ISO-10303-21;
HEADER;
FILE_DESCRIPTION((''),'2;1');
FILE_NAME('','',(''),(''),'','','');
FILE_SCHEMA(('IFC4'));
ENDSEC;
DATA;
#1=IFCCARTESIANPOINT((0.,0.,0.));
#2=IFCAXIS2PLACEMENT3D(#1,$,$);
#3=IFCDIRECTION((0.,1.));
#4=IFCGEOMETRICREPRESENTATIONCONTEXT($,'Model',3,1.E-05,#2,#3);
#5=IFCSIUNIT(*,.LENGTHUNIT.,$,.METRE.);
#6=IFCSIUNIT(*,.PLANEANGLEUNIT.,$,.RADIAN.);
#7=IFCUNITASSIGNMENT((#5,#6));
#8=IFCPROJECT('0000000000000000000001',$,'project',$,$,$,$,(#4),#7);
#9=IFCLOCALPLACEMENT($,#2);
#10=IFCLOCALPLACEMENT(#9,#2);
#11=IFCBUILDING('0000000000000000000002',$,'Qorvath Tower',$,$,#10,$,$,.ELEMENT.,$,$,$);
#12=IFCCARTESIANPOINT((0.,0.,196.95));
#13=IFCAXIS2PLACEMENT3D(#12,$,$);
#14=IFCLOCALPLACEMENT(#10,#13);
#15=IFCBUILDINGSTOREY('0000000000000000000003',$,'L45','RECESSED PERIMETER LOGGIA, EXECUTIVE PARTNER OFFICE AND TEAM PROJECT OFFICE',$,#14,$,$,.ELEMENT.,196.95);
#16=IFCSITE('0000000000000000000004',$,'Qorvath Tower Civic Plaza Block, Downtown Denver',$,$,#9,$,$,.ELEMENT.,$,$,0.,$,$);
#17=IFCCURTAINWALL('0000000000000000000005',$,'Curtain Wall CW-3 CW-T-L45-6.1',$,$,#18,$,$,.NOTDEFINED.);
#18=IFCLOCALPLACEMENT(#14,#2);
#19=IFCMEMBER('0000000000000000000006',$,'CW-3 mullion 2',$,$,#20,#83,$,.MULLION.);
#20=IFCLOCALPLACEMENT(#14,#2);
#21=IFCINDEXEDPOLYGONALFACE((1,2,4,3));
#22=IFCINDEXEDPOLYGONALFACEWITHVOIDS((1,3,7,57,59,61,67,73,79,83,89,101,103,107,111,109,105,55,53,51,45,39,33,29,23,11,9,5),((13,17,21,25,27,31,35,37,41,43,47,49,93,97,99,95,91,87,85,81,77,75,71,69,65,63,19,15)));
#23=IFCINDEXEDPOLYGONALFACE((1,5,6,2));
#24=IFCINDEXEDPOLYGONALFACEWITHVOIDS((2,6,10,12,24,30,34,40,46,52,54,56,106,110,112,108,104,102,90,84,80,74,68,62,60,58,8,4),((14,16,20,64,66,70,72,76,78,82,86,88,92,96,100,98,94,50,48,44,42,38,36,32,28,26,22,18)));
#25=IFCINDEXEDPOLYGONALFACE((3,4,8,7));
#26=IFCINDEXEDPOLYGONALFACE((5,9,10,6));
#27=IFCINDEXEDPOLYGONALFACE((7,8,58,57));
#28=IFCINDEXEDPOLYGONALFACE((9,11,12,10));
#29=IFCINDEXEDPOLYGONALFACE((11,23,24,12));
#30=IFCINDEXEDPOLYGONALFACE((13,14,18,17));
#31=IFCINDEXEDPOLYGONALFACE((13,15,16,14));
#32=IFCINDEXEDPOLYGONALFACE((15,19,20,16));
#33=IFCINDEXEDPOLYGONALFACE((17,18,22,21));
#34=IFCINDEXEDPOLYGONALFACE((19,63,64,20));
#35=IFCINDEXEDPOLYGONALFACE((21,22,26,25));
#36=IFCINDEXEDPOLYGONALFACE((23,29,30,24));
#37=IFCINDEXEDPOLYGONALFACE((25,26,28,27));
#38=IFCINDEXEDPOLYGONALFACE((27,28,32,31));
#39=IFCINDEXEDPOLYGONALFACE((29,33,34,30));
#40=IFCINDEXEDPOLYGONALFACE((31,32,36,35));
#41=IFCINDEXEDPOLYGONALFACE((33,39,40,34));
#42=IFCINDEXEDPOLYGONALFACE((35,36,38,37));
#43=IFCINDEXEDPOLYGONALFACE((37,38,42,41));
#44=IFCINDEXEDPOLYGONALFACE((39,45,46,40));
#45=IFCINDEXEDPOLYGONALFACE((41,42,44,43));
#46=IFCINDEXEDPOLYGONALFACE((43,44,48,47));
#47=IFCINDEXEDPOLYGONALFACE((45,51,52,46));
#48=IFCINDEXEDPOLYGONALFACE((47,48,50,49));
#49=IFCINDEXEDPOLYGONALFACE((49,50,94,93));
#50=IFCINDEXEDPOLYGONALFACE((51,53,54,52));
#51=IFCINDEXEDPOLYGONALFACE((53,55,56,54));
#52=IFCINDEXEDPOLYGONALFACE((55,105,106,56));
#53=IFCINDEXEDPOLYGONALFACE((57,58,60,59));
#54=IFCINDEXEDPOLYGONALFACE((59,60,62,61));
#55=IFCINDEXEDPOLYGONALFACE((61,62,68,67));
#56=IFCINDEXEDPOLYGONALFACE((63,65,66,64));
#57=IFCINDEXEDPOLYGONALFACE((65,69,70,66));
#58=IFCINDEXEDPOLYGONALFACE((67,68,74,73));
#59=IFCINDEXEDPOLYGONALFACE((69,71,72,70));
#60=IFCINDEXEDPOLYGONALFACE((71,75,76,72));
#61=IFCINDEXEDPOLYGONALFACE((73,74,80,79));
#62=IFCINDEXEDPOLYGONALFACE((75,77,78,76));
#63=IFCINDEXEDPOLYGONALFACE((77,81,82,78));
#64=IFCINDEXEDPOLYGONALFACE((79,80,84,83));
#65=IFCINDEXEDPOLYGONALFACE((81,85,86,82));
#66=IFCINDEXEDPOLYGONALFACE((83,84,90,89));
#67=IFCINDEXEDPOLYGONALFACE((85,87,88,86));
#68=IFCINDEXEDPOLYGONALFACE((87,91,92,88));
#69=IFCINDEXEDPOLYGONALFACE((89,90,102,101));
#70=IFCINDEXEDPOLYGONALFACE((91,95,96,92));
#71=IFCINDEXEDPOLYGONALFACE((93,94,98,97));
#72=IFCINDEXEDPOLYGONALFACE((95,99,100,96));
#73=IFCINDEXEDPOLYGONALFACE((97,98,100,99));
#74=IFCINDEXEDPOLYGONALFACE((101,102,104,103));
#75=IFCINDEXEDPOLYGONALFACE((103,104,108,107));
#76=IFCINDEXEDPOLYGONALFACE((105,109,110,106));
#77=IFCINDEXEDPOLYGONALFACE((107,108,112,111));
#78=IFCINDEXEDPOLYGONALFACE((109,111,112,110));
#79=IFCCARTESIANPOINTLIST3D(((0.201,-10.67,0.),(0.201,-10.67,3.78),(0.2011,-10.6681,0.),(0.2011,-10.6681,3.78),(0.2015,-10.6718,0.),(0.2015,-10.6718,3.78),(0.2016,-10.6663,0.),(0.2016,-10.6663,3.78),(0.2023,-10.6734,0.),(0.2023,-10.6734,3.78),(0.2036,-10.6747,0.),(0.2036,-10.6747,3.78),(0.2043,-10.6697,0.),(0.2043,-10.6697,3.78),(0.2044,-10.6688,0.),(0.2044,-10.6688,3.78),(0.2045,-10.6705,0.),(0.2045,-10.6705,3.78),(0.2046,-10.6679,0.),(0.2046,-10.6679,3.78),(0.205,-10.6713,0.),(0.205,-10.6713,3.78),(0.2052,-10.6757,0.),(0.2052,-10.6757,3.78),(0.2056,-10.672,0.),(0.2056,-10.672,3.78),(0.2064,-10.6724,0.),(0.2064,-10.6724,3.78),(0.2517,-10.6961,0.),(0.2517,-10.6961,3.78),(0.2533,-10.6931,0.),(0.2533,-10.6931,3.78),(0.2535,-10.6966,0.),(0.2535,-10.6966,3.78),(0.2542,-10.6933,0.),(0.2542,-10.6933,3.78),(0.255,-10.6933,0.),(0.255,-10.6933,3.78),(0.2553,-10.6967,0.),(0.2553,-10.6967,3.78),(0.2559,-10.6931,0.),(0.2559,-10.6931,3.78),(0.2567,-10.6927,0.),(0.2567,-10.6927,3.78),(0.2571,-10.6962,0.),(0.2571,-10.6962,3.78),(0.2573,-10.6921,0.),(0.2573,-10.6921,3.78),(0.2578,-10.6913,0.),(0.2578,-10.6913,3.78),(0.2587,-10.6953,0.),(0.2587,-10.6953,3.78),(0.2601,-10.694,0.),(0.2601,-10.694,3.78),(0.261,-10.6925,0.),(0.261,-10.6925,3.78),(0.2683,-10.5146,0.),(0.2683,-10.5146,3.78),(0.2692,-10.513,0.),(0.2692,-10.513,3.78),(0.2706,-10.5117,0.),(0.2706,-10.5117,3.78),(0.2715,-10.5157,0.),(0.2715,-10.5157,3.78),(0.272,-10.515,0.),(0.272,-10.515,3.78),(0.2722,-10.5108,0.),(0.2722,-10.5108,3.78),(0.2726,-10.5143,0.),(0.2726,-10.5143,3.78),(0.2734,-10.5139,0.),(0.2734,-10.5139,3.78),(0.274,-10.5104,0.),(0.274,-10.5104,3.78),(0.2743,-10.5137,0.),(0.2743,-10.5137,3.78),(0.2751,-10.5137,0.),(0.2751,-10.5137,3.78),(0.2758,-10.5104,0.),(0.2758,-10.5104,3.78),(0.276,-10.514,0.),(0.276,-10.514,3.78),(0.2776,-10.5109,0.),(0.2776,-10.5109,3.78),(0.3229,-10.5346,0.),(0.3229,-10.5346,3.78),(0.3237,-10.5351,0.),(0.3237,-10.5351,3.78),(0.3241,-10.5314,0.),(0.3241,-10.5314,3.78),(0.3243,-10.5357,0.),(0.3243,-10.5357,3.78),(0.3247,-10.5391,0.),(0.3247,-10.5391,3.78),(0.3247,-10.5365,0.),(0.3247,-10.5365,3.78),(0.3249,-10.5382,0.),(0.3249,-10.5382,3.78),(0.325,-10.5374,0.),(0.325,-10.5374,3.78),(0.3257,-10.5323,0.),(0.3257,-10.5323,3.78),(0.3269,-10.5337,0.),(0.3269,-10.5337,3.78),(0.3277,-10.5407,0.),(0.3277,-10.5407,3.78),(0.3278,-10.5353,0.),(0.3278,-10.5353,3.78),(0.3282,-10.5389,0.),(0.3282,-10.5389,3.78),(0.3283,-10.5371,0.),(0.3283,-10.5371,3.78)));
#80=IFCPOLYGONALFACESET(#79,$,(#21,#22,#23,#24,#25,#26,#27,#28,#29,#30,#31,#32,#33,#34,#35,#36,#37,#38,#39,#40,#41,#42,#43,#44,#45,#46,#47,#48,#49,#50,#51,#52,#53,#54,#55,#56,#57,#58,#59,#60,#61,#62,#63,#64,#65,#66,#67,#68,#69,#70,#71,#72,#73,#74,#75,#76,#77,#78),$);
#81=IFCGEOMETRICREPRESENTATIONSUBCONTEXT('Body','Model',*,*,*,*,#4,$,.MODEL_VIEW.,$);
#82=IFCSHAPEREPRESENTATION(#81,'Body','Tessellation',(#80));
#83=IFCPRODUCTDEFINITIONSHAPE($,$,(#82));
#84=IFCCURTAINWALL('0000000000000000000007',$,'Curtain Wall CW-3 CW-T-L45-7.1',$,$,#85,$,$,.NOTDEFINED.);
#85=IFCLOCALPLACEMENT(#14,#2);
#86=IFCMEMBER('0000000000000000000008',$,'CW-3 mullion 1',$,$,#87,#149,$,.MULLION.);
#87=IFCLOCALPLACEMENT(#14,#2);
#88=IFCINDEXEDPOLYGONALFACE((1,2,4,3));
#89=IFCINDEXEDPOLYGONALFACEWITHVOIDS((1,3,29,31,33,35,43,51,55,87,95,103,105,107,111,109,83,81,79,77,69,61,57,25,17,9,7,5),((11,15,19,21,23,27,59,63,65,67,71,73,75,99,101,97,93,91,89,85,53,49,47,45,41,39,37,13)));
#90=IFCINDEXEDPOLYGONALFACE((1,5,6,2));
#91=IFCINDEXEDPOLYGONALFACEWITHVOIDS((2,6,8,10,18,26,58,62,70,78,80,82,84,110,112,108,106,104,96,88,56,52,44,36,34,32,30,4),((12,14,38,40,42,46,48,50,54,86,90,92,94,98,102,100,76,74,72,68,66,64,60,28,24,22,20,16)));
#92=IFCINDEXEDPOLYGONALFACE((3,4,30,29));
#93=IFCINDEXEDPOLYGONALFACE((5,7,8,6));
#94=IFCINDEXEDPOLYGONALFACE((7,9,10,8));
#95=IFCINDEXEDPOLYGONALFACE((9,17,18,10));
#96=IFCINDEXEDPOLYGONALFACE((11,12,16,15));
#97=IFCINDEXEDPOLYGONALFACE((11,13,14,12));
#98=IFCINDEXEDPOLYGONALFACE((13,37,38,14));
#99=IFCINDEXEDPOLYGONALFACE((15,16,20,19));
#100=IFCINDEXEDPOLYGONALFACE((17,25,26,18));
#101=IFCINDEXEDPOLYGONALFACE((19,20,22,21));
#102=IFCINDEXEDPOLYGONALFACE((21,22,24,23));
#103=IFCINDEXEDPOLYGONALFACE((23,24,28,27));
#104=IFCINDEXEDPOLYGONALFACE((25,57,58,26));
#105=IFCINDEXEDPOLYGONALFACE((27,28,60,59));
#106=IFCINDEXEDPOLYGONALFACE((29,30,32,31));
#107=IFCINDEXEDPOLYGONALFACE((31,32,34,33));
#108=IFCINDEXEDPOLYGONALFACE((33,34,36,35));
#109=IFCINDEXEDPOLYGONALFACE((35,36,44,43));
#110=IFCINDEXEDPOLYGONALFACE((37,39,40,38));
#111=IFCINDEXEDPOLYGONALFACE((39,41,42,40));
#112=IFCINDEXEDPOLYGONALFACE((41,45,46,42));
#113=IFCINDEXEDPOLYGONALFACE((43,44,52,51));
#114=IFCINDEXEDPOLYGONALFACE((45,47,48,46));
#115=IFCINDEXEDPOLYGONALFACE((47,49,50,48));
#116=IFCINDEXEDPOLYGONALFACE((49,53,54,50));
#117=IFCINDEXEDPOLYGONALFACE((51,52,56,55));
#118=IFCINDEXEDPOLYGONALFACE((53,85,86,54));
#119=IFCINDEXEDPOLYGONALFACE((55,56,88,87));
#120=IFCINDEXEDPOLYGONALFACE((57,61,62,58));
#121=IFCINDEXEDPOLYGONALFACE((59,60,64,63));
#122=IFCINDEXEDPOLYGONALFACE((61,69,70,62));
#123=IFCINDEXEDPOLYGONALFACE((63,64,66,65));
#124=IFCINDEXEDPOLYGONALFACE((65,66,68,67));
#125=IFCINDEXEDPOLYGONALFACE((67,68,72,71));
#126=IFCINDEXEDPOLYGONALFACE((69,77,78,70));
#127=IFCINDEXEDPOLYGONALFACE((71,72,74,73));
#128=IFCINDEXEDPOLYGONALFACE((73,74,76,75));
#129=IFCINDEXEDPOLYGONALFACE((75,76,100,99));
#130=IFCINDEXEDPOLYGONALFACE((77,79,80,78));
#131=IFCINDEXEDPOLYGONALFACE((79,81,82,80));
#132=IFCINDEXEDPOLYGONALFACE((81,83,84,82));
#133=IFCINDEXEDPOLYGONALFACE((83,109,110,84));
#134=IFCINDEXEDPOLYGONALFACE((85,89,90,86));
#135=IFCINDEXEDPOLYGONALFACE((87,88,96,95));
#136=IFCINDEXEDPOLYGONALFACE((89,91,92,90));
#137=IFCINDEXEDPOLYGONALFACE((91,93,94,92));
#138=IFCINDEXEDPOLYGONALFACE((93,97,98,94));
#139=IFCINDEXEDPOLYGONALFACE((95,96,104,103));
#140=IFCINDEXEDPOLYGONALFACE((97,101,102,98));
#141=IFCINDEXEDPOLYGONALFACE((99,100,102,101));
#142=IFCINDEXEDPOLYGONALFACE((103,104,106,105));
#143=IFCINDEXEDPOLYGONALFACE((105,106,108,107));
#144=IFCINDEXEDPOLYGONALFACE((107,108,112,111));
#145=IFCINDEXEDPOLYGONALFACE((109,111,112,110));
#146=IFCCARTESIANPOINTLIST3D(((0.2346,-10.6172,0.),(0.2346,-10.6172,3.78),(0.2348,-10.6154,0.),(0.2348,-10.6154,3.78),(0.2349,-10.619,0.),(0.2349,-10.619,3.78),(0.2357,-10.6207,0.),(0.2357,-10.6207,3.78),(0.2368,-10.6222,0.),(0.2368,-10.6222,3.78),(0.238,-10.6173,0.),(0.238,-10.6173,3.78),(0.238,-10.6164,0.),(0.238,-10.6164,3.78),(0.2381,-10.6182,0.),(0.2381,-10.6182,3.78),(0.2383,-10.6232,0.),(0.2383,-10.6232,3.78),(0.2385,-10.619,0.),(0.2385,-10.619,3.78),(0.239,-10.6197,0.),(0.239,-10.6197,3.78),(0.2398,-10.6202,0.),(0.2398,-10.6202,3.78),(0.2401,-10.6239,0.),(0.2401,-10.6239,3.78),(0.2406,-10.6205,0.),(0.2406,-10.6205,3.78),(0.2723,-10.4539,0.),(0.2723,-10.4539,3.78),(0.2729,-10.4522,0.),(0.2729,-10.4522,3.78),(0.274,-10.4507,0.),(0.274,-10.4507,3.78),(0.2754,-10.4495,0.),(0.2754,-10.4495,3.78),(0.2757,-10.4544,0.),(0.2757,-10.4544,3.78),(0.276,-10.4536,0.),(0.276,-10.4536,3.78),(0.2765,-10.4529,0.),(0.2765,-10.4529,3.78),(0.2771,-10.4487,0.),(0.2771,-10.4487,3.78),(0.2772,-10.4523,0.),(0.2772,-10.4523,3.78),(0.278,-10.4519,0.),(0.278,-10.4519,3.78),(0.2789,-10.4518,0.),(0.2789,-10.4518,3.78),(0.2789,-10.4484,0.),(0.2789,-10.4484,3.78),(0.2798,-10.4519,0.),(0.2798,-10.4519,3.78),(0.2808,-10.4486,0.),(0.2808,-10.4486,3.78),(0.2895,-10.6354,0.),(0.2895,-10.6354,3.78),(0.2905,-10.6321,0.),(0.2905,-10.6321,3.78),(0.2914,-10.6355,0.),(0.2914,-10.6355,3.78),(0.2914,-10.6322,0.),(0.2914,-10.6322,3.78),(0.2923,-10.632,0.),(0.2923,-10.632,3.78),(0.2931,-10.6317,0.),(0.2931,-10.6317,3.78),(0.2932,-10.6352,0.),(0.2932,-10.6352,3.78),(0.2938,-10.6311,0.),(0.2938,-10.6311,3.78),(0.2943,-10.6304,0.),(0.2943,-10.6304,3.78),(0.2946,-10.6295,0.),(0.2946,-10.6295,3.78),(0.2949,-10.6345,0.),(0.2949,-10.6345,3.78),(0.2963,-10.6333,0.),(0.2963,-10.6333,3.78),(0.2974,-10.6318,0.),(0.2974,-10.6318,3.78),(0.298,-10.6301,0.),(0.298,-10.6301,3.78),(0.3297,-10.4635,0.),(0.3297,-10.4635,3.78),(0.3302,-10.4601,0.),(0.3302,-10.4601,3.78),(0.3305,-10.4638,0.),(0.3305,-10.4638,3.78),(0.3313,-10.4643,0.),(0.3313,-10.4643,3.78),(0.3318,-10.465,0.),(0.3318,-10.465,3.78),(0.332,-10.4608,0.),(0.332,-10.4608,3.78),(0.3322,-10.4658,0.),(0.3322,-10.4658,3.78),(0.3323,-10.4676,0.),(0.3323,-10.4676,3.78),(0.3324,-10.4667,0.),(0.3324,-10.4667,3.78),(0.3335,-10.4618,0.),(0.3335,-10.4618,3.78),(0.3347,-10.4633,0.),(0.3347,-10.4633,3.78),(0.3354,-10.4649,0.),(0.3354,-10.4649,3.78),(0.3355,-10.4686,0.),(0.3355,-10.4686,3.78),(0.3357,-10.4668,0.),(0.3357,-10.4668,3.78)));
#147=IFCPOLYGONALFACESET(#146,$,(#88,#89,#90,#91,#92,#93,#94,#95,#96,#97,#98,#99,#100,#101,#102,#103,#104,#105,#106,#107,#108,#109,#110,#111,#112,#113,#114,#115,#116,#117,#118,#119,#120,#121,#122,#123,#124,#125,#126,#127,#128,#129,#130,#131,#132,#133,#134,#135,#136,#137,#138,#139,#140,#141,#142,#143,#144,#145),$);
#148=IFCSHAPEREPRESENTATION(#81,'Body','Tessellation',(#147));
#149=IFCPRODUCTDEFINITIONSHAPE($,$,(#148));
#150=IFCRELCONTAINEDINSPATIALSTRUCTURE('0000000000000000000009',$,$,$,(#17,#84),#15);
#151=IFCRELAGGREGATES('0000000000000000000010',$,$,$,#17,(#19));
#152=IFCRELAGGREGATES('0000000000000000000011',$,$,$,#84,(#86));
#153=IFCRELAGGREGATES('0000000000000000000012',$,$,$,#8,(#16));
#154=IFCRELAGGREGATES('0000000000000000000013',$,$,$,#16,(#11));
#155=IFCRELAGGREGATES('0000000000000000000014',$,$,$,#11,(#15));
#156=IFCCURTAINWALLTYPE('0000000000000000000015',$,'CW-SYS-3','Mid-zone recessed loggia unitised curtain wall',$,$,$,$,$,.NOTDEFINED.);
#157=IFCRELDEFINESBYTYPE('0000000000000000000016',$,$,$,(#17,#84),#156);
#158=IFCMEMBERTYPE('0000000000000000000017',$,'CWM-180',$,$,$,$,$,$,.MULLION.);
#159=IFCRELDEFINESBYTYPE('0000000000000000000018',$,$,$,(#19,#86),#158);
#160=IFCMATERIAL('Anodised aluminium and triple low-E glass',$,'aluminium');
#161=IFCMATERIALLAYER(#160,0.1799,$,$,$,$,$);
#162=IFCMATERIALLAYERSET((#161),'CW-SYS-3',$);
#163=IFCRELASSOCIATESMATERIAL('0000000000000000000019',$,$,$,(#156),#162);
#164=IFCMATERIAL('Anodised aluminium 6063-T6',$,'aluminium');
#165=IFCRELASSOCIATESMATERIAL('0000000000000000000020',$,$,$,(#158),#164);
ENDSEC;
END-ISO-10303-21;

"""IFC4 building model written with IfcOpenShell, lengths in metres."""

from ifc_helpers import new_model, si_unit, direction, frame, origin, origin_2d, place, context, subcontext, project, spatial, hollow_rectangle, extrude, material, layer, layer_set, material_profile, profile_set, type_object, element, aggregate, save


model = new_model("IFC4")

# Units and contexts
model_context = context("Model", 3, precision=1e-05, world=origin(), true_north=direction((0.0, 1.0)))
body_context = subcontext(model_context, "Body", "Model", "MODEL_VIEW")
ifc_project = project(units=[si_unit("LENGTHUNIT", "METRE"), si_unit("PLANEANGLEUNIT", "RADIAN")], contexts=[model_context])

# Site, building, storey
site_placement = place(None, origin())
site = spatial("IfcSite", under=ifc_project, at=site_placement, Name="Qorvath Tower Civic Plaza Block, Downtown Denver", CompositionType="ELEMENT", RefElevation=0.0)
building_placement = place(site_placement, origin())
building = spatial("IfcBuilding", under=site, at=building_placement, Name="Qorvath Tower", CompositionType="ELEMENT")
storey_placement = place(building_placement, frame((0.0, 0.0, 196.95)))
storey = spatial("IfcBuildingStorey", under=building, at=storey_placement, Name="L45", Description="RECESSED PERIMETER LOGGIA, EXECUTIVE PARTNER OFFICE AND TEAM PROJECT OFFICE", CompositionType="ELEMENT", Elevation=196.95)

# Shared definitions
ifc_material_1 = material(Name="Anodised aluminium and triple low-E glass", Category="aluminium")
ifc_layer_1 = layer(ifc_material_1, 0.1799)
ifc_layer_set_1 = layer_set([ifc_layer_1], Name="CW-SYS-3")
curtain_wall_type = type_object("IfcCurtainWallType", Name="CW-SYS-3", Description="Mid-zone recessed loggia unitised curtain wall", PredefinedType="NOTDEFINED", material=ifc_layer_set_1)
ifc_material_2 = material(Name="Anodised aluminium 6063-T6", Category="aluminium")
ifc_material_profile_1 = material_profile(ifc_material_2, hollow_rectangle(XDim=0.0649, YDim=0.1799, WallThickness=0.0034, InnerFilletRadius=0.0034, OuterFilletRadius=0.0071, at=origin_2d()), Name="CWM 180x65")
ifc_profile_set_1 = profile_set([ifc_material_profile_1], Name="Anodised aluminium 6063-T6")
member_type_1 = type_object("IfcMemberType", Name="CWM-180", PredefinedType="MULLION", material=ifc_profile_set_1)

# Curtain wall, member
curtain_wall_1_placement = place(storey_placement, origin())
curtain_wall_1 = element("IfcCurtainWall", 1, at=curtain_wall_1_placement, inside=storey, type_object=curtain_wall_type, Name="Curtain Wall CW-3 CW-T-L45-6.1", PredefinedType="NOTDEFINED")
member_1_placement = place(storey_placement, frame((0.2646, -10.6035, 0.0), z_axis=(0.0, 0.0, 1.0), x_axis=(-0.915499, 0.402321, 0.0)))
member_1 = element("IfcMember", 2, at=member_1_placement, type_object=member_type_1, Name="CW-3 mullion 2", PredefinedType="MULLION", context=body_context, shape_type="SweptSolid", body=[
    extrude(hollow_rectangle(XDim=0.0649, YDim=0.1799, WallThickness=0.0034, InnerFilletRadius=0.0034, OuterFilletRadius=0.0071, at=origin_2d()), origin(), (0.0, 0.0, 1.0), 3.78),
])

# Curtain wall, member
curtain_wall_2_placement = place(storey_placement, origin())
curtain_wall_2 = element("IfcCurtainWall", 3, at=curtain_wall_2_placement, inside=storey, type_object=curtain_wall_type, Name="Curtain Wall CW-3 CW-T-L45-7.1", PredefinedType="NOTDEFINED")
member_2_placement = place(storey_placement, frame((0.2852, -10.542, 0.0), z_axis=(0.0, 0.0, 1.0), x_axis=(-0.974064, 0.226272, 0.0)))
member_2 = element("IfcMember", 4, at=member_2_placement, type_object=member_type_1, Name="CW-3 mullion 1", PredefinedType="MULLION", context=body_context, shape_type="SweptSolid", body=[
    extrude(hollow_rectangle(XDim=0.0649, YDim=0.1799, WallThickness=0.0034, InnerFilletRadius=0.0034, OuterFilletRadius=0.0071, at=origin_2d()), origin(), (0.0, 0.0, 1.0), 3.78),
])

aggregate(curtain_wall_1, [member_1])
aggregate(curtain_wall_2, [member_2])

save(model, "model.ifc")
